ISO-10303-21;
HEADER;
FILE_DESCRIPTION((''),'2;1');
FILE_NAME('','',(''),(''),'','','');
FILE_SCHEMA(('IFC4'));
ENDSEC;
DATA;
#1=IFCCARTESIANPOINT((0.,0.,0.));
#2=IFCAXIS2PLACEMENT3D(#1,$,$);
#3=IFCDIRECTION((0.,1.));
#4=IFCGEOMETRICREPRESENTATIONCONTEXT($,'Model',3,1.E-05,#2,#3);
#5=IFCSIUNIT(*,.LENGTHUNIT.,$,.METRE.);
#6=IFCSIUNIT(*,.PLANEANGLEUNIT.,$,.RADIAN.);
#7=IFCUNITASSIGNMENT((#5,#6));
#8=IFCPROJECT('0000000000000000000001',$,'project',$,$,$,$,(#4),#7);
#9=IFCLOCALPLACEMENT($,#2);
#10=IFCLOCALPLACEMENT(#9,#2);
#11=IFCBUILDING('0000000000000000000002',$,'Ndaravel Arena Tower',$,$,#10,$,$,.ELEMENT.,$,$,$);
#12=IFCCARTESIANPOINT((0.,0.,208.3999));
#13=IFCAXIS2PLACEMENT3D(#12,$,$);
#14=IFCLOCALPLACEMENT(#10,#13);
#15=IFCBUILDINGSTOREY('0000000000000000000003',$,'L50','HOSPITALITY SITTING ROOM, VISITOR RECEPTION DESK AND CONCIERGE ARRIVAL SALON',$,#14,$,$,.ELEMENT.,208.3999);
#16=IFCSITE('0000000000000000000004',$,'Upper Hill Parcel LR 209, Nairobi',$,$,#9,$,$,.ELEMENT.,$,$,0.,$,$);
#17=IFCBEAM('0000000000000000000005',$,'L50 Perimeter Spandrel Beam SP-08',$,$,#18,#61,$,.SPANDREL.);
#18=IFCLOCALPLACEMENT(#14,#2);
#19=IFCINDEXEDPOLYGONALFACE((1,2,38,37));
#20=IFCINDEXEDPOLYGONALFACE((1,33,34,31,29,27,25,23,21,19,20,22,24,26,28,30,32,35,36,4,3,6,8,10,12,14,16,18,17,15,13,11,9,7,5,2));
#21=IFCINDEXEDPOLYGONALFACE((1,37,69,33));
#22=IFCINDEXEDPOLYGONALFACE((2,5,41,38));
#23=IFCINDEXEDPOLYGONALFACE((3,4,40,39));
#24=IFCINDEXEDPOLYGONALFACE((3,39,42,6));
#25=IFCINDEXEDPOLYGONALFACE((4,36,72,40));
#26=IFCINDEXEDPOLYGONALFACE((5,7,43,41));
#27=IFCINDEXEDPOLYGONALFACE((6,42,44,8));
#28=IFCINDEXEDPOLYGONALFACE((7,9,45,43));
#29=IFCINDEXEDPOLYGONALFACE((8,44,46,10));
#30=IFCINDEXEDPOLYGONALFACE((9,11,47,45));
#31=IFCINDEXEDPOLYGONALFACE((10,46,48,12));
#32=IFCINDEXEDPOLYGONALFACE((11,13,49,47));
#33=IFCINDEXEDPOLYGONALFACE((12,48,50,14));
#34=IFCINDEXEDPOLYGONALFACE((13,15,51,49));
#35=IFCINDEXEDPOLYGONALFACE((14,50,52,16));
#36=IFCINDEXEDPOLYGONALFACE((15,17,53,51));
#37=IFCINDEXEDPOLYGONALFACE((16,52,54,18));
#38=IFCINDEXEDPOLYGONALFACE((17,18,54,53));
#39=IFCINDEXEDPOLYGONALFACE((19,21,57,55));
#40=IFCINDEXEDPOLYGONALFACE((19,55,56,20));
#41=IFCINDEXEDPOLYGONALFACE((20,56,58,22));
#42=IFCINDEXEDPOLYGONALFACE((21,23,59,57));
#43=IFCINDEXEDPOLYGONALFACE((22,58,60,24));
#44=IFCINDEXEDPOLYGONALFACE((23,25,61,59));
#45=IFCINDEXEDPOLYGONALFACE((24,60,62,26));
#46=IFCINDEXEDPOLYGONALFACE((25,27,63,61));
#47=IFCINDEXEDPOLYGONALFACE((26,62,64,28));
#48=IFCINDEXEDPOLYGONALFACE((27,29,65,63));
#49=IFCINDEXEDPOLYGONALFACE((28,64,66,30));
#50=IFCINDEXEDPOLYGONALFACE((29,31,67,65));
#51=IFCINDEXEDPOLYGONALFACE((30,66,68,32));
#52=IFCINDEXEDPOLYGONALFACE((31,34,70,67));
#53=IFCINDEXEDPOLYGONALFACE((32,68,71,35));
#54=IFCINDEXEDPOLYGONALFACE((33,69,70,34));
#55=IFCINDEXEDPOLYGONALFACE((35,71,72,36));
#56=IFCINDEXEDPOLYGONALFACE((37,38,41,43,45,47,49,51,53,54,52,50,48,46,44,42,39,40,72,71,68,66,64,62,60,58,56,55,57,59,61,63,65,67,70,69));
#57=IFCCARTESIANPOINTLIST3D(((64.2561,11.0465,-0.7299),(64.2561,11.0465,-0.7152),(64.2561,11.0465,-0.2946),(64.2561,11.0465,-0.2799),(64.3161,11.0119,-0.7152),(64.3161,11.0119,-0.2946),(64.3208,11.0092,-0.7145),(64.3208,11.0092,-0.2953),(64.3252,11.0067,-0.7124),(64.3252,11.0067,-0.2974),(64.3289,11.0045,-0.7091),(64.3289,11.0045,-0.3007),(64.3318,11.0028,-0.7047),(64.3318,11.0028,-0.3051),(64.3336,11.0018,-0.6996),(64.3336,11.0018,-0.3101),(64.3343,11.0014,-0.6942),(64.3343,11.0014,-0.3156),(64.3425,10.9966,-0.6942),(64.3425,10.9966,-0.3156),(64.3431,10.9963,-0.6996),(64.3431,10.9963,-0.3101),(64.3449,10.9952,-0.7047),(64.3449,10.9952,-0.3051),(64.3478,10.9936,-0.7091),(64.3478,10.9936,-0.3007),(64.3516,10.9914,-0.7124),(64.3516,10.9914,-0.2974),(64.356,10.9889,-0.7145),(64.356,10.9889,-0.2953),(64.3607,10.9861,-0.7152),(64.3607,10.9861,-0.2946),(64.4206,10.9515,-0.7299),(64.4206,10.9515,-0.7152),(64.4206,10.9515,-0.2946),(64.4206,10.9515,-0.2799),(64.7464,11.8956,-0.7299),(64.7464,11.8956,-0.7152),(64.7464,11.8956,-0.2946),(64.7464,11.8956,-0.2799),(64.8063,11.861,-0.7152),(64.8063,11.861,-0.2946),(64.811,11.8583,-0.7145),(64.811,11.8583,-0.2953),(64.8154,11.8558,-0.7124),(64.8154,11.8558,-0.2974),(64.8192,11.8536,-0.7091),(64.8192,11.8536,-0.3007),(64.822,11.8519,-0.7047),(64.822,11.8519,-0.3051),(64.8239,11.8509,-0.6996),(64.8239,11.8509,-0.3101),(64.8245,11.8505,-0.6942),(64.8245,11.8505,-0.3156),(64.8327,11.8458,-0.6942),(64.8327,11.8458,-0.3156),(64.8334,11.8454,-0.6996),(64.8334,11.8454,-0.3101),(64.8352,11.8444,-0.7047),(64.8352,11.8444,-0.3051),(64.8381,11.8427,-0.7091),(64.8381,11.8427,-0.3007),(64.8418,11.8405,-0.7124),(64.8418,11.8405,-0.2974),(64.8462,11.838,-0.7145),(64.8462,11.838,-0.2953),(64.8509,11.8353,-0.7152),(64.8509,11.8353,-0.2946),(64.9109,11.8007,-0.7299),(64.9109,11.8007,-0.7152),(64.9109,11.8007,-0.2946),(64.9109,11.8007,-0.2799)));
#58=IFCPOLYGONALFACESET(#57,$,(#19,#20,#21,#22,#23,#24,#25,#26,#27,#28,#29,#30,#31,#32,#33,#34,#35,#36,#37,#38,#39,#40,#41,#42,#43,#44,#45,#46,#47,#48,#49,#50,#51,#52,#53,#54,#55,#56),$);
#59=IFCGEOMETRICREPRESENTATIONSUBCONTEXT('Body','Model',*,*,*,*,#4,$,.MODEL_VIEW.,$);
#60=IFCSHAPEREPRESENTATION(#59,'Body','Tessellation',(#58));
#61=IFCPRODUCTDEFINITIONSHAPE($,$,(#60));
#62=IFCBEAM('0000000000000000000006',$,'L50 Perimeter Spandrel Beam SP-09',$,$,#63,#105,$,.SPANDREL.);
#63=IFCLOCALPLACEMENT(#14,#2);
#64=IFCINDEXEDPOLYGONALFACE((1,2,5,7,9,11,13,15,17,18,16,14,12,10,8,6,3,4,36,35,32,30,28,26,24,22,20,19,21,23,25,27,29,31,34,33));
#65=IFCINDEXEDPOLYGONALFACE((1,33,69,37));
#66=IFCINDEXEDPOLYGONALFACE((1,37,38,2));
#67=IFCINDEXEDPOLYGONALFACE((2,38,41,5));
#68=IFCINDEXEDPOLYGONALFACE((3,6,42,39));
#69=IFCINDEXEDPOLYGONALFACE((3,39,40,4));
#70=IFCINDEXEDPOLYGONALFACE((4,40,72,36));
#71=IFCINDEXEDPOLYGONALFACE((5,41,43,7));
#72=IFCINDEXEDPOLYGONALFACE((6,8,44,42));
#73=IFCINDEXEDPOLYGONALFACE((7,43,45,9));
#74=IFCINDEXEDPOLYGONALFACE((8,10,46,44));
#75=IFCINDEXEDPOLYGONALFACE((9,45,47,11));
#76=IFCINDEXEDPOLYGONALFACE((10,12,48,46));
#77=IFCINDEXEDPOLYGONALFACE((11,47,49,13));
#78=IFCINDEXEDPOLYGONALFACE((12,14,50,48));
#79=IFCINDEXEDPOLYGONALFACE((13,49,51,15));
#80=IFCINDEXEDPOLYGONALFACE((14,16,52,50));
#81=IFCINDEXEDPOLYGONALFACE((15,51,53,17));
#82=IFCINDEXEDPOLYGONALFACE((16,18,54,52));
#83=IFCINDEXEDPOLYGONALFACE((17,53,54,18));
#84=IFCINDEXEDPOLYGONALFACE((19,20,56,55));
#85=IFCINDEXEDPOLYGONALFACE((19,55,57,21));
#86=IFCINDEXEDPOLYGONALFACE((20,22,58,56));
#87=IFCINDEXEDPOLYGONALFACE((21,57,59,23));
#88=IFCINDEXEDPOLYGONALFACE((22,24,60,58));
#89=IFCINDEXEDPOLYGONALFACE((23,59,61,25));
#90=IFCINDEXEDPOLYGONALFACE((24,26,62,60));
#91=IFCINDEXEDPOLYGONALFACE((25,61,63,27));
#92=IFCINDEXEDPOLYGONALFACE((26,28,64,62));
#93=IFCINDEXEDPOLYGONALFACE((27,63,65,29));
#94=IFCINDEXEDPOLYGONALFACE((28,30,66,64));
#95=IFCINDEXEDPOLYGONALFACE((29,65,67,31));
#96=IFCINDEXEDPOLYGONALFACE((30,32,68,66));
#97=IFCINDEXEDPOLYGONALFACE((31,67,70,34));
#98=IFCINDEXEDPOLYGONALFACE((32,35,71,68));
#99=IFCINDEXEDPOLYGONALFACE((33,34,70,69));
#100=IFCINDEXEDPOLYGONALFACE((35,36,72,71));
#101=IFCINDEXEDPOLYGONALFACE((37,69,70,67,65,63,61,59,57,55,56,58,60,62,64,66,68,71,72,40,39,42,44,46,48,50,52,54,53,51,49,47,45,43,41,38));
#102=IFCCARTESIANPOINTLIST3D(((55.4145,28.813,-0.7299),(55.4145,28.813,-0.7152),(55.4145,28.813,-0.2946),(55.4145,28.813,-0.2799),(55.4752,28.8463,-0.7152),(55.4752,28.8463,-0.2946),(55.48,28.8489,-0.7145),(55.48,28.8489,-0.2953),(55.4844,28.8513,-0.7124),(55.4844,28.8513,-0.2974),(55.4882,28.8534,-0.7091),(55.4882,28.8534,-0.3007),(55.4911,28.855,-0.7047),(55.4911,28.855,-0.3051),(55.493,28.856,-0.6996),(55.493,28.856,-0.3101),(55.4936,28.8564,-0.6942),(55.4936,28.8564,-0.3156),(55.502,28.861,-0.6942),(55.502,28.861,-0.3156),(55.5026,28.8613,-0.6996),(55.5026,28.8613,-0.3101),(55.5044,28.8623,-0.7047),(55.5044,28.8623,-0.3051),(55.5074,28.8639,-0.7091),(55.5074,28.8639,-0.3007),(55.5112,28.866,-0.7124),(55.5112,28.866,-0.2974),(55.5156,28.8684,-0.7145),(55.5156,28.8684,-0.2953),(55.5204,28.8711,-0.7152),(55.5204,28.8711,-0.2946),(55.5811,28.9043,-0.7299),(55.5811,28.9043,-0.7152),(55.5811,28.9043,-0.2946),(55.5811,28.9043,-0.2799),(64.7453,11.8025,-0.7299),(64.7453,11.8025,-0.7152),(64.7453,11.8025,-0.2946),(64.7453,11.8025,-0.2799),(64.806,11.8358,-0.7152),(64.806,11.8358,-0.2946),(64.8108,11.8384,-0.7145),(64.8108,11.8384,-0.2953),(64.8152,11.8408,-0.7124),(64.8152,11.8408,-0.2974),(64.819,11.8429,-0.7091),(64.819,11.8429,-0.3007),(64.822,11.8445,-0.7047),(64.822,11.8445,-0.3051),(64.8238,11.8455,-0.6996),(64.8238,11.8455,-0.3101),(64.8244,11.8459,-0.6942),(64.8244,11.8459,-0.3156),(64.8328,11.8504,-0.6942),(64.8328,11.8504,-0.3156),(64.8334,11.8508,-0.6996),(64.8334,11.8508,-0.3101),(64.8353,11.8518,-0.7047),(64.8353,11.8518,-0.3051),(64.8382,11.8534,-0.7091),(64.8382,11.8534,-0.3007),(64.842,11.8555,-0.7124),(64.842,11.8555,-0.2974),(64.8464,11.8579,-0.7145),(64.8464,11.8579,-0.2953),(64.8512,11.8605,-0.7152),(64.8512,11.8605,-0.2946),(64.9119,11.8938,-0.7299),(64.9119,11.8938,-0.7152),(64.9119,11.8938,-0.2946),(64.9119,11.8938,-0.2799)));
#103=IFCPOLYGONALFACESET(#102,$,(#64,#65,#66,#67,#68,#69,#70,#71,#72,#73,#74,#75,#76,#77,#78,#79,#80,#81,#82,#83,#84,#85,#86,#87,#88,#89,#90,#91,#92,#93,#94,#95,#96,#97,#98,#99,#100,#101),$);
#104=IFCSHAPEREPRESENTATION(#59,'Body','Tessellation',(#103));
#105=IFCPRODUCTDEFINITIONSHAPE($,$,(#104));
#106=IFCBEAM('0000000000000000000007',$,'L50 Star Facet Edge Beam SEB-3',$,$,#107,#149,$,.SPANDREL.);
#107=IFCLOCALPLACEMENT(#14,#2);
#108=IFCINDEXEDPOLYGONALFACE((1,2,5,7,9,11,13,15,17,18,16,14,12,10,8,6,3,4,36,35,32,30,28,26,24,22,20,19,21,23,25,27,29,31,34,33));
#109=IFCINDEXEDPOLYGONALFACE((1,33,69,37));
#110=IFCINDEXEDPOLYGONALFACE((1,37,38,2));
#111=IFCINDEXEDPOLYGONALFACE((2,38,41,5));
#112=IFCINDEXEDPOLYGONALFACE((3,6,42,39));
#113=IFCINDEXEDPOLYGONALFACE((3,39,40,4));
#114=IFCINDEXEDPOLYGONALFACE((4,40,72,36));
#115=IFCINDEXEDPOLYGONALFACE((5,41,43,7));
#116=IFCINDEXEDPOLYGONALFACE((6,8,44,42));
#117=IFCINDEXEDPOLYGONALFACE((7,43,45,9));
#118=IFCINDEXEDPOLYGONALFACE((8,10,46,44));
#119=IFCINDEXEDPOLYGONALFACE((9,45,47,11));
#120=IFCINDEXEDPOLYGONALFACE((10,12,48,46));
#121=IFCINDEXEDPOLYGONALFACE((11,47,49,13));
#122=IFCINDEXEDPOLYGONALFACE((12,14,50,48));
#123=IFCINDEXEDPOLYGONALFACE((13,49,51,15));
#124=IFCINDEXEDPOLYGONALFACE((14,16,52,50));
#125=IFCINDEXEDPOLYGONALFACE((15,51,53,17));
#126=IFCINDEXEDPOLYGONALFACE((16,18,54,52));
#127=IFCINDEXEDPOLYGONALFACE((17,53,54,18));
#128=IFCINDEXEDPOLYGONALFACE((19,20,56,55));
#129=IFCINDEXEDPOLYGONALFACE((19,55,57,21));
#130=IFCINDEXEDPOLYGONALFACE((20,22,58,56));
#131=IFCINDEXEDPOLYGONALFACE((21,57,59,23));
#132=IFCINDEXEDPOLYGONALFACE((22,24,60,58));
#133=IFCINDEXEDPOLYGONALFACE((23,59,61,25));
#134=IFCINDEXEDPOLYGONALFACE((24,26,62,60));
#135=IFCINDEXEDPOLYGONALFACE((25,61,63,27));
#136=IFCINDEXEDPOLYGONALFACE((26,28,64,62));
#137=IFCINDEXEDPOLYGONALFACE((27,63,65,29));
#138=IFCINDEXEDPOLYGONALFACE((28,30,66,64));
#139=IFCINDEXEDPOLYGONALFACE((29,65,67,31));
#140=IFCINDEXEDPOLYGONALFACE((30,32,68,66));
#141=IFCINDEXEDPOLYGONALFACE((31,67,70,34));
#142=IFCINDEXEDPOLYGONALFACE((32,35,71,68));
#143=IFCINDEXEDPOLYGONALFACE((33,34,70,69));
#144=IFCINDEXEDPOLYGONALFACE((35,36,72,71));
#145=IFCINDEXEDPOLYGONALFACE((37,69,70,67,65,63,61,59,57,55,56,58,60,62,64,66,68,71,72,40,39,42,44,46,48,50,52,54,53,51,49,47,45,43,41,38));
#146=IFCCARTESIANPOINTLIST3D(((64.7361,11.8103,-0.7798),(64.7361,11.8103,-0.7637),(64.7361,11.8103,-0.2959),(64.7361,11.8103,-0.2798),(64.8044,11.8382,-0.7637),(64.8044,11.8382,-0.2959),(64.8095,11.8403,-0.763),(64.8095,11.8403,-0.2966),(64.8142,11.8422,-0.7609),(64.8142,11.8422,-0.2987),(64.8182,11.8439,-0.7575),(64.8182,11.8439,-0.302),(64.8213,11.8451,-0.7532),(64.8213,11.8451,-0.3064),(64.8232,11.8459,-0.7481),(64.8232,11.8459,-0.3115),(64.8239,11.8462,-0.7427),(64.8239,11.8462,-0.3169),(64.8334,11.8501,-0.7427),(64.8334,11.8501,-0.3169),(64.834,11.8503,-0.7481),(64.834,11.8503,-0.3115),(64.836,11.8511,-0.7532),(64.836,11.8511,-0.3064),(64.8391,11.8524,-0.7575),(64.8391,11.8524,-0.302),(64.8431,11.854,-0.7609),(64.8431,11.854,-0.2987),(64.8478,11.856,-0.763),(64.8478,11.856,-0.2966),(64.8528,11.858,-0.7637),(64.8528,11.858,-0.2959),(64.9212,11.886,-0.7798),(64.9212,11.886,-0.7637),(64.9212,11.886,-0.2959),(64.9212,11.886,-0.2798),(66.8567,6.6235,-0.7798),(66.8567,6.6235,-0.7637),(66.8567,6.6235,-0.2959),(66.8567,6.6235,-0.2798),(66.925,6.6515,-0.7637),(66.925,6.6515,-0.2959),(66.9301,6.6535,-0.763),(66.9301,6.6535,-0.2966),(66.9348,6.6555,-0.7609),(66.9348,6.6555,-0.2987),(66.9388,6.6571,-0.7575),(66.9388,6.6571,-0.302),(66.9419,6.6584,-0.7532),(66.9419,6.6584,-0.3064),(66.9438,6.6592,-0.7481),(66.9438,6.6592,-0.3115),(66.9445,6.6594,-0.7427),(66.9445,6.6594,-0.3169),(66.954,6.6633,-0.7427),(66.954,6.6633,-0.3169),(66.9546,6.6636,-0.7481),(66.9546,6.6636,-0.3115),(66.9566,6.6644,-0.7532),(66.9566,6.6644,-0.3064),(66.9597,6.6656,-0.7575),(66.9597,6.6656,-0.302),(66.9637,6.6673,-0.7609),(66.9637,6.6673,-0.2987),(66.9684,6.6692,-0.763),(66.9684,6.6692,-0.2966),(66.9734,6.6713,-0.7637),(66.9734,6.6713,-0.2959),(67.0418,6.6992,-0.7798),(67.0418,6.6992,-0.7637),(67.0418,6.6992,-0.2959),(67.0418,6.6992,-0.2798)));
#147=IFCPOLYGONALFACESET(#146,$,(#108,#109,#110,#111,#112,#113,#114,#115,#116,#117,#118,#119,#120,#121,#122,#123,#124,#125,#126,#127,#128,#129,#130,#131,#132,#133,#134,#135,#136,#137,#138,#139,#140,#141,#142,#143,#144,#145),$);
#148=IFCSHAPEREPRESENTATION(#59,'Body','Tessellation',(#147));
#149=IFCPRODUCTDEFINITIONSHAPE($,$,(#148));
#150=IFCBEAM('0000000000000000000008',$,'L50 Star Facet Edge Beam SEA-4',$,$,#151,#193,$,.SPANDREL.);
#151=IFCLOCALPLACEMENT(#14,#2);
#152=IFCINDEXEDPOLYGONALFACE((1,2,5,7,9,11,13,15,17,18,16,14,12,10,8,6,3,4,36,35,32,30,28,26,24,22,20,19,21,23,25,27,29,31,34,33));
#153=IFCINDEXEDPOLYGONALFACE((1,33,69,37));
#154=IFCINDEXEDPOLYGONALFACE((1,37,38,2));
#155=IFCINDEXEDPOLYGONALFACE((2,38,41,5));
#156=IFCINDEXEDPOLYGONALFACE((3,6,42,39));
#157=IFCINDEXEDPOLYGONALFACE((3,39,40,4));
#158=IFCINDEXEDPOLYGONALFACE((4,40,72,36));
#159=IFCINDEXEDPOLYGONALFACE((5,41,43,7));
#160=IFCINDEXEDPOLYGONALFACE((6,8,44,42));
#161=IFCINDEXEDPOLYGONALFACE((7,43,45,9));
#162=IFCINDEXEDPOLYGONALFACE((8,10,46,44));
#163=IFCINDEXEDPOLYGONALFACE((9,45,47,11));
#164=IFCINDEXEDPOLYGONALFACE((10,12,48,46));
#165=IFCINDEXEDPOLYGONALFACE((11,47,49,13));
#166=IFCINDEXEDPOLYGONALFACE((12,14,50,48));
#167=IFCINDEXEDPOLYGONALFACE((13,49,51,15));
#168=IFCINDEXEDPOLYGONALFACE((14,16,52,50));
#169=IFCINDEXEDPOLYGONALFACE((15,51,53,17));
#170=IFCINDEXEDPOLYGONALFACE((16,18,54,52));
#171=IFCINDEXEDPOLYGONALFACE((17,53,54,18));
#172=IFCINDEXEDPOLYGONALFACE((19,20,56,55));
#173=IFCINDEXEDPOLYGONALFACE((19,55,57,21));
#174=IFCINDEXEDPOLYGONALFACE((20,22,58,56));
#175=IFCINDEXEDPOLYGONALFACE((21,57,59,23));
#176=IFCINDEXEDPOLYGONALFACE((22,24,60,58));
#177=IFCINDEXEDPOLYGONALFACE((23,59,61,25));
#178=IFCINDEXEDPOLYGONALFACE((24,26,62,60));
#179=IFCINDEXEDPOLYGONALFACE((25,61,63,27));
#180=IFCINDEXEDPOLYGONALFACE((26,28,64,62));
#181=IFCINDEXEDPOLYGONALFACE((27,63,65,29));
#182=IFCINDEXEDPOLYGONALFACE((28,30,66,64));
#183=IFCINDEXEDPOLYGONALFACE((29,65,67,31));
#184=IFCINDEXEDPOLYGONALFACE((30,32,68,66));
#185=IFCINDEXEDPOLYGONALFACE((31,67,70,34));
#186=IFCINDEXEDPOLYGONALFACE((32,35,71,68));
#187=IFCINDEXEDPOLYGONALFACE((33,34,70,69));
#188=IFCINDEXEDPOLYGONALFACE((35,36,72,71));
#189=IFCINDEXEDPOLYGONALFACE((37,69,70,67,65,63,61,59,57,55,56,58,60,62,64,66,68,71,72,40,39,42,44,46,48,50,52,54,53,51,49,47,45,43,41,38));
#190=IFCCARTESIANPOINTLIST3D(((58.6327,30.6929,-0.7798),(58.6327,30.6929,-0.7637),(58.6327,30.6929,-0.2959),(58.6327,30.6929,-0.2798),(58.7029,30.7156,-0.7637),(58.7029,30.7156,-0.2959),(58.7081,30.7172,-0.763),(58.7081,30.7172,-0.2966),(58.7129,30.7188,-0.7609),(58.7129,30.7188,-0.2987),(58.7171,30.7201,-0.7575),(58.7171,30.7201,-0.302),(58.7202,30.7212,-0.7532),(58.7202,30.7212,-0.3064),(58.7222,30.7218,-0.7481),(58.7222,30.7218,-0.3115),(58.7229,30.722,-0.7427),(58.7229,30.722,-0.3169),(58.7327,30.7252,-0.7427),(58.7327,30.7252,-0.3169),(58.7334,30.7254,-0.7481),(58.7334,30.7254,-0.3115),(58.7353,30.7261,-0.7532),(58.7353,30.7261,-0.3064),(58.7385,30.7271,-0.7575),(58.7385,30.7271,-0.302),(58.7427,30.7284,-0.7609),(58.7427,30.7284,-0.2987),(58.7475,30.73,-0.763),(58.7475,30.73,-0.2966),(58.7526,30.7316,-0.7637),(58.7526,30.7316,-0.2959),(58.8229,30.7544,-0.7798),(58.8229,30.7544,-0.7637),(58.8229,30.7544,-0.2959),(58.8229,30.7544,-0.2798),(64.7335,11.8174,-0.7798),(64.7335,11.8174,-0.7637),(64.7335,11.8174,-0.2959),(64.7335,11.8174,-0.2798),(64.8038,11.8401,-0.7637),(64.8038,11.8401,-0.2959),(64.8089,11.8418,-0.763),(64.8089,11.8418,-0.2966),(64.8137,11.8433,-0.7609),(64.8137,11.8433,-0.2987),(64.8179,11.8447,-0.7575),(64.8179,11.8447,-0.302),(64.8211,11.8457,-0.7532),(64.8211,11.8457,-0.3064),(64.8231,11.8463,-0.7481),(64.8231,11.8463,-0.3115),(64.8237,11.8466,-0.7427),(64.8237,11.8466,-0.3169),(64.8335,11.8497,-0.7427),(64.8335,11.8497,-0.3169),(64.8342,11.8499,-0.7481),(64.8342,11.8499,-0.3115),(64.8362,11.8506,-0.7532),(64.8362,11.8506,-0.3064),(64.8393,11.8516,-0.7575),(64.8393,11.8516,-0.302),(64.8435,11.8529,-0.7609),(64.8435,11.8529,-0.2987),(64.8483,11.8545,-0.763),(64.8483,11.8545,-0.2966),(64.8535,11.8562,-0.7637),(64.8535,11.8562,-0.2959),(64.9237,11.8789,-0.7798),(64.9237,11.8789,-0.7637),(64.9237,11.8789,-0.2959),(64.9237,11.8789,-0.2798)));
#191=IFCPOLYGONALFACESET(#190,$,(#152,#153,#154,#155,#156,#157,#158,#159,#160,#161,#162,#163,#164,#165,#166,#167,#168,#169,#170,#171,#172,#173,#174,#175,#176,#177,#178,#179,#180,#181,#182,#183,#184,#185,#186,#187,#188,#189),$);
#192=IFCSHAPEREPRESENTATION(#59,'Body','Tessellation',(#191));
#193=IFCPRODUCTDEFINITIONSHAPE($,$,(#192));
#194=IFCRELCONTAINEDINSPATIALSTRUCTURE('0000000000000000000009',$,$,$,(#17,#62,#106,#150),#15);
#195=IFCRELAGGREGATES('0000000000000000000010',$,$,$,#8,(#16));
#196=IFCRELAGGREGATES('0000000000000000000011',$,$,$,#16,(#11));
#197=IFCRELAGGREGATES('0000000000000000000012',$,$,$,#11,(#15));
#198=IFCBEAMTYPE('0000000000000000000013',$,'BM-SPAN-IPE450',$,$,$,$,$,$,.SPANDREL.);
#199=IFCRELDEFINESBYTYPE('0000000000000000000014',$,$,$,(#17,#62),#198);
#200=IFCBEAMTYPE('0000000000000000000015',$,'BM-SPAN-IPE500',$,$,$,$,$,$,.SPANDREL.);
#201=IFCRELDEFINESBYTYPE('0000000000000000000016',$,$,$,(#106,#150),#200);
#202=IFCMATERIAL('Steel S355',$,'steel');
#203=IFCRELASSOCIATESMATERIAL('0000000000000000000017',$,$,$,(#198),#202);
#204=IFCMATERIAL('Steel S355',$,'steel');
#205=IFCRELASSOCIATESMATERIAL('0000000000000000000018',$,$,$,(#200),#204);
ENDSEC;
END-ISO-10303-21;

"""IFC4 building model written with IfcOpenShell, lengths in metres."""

from ifc_helpers import new_model, si_unit, direction, frame, origin, origin_2d, place, context, subcontext, project, spatial, i_section, extrude, material, material_profile, profile_set, type_object, element, save


model = new_model("IFC4")

# Units and contexts
model_context = context("Model", 3, precision=1e-05, world=origin(), true_north=direction((0.0, 1.0)))
body_context = subcontext(model_context, "Body", "Model", "MODEL_VIEW")
ifc_project = project(units=[si_unit("LENGTHUNIT", "METRE"), si_unit("PLANEANGLEUNIT", "RADIAN")], contexts=[model_context])

# Site, building, storey
site_placement = place(None, origin())
site = spatial("IfcSite", under=ifc_project, at=site_placement, Name="Upper Hill Parcel LR 209, Nairobi", CompositionType="ELEMENT", RefElevation=0.0)
building_placement = place(site_placement, origin())
building = spatial("IfcBuilding", under=site, at=building_placement, Name="Ndaravel Arena Tower", CompositionType="ELEMENT")
storey_placement = place(building_placement, frame((0.0, 0.0, 208.3999)))
storey = spatial("IfcBuildingStorey", under=building, at=storey_placement, Name="L50", Description="HOSPITALITY SITTING ROOM, VISITOR RECEPTION DESK AND CONCIERGE ARRIVAL SALON", CompositionType="ELEMENT", Elevation=208.3999)

# Beams
ifc_material_1 = material(Name="Steel S355", Category="steel")
ifc_material_profile_1 = material_profile(ifc_material_1, i_section(OverallWidth=0.1899, OverallDepth=0.45, WebThickness=0.0095, FlangeThickness=0.0146, FilletRadius=0.021, at=origin_2d()), Name="IPE 450")
ifc_profile_set_1 = profile_set([ifc_material_profile_1], Name="Steel S355")
beam_type_1 = type_object("IfcBeamType", Name="BM-SPAN-IPE450", PredefinedType="SPANDREL", material=ifc_profile_set_1)
for number, where, z_axis, x_axis, name in (
    (1, (64.3384, 10.999, -0.5049), (0.499995, 0.866028, 0.0), (-0.866028, 0.499995, 0.0), "L50 Perimeter Spandrel Beam SP-08"),
):
    element("IfcBeam", number, at=place(storey_placement, frame(where, z_axis=z_axis, x_axis=x_axis)), inside=storey, type_object=beam_type_1, Name=name, PredefinedType="SPANDREL", context=body_context, shape_type="SweptSolid", body=[
        extrude(i_section(OverallWidth=0.1899, OverallDepth=0.45, WebThickness=0.0095, FlangeThickness=0.0146, FilletRadius=0.021, at=origin_2d()), origin(), (0.0, 0.0, 1.0), 0.9805),
    ])
beam_1_placement = place(storey_placement, frame((64.8286, 11.8481, -0.5049), z_axis=(-0.480931, 0.876759, 0.0), x_axis=(-0.876759, -0.480931, 0.0)))
element("IfcBeam", 2, at=beam_1_placement, inside=storey, type_object=beam_type_1, Name="L50 Perimeter Spandrel Beam SP-09", PredefinedType="SPANDREL", context=body_context, shape_type="SweptSolid", body=[
    extrude(i_section(OverallWidth=0.1899, OverallDepth=0.45, WebThickness=0.0095, FlangeThickness=0.0146, FilletRadius=0.021, at=origin_2d()), origin(), (0.0, 0.0, 1.0), 19.4016),
])
ifc_material_2 = material(Name="Steel S355", Category="steel")
ifc_material_profile_2 = material_profile(ifc_material_2, i_section(OverallWidth=0.2, OverallDepth=0.5, WebThickness=0.0103, FlangeThickness=0.0161, FilletRadius=0.021, at=origin_2d()), Name="IPE 500")
ifc_profile_set_2 = profile_set([ifc_material_profile_2], Name="Steel S355")
beam_type_2 = type_object("IfcBeamType", Name="BM-SPAN-IPE500", PredefinedType="SPANDREL", material=ifc_profile_set_2)
beam_2_placement = place(storey_placement, frame((66.9492, 6.6614, -0.5298), z_axis=(-0.378441, 0.925625, 0.0), x_axis=(-0.925625, -0.378441, 0.0)))
element("IfcBeam", 3, at=beam_2_placement, inside=storey, type_object=beam_type_2, Name="L50 Star Facet Edge Beam SEB-3", PredefinedType="SPANDREL", context=body_context, shape_type="SweptSolid", body=[
    extrude(i_section(OverallWidth=0.2, OverallDepth=0.5, WebThickness=0.0103, FlangeThickness=0.0161, FilletRadius=0.021, at=origin_2d()), origin(), (0.0, 0.0, 1.0), 5.6035),
])
beam_3_placement = place(storey_placement, frame((64.8286, 11.8481, -0.5298), z_axis=(-0.307549, 0.951532, 0.0), x_axis=(-0.951532, -0.307549, 0.0)))
element("IfcBeam", 4, at=beam_3_placement, inside=storey, type_object=beam_type_2, Name="L50 Star Facet Edge Beam SEA-4", PredefinedType="SPANDREL", context=body_context, shape_type="SweptSolid", body=[
    extrude(i_section(OverallWidth=0.2, OverallDepth=0.5, WebThickness=0.0103, FlangeThickness=0.0161, FilletRadius=0.021, at=origin_2d()), origin(), (0.0, 0.0, 1.0), 19.8369),
])

save(model, "model.ifc")
